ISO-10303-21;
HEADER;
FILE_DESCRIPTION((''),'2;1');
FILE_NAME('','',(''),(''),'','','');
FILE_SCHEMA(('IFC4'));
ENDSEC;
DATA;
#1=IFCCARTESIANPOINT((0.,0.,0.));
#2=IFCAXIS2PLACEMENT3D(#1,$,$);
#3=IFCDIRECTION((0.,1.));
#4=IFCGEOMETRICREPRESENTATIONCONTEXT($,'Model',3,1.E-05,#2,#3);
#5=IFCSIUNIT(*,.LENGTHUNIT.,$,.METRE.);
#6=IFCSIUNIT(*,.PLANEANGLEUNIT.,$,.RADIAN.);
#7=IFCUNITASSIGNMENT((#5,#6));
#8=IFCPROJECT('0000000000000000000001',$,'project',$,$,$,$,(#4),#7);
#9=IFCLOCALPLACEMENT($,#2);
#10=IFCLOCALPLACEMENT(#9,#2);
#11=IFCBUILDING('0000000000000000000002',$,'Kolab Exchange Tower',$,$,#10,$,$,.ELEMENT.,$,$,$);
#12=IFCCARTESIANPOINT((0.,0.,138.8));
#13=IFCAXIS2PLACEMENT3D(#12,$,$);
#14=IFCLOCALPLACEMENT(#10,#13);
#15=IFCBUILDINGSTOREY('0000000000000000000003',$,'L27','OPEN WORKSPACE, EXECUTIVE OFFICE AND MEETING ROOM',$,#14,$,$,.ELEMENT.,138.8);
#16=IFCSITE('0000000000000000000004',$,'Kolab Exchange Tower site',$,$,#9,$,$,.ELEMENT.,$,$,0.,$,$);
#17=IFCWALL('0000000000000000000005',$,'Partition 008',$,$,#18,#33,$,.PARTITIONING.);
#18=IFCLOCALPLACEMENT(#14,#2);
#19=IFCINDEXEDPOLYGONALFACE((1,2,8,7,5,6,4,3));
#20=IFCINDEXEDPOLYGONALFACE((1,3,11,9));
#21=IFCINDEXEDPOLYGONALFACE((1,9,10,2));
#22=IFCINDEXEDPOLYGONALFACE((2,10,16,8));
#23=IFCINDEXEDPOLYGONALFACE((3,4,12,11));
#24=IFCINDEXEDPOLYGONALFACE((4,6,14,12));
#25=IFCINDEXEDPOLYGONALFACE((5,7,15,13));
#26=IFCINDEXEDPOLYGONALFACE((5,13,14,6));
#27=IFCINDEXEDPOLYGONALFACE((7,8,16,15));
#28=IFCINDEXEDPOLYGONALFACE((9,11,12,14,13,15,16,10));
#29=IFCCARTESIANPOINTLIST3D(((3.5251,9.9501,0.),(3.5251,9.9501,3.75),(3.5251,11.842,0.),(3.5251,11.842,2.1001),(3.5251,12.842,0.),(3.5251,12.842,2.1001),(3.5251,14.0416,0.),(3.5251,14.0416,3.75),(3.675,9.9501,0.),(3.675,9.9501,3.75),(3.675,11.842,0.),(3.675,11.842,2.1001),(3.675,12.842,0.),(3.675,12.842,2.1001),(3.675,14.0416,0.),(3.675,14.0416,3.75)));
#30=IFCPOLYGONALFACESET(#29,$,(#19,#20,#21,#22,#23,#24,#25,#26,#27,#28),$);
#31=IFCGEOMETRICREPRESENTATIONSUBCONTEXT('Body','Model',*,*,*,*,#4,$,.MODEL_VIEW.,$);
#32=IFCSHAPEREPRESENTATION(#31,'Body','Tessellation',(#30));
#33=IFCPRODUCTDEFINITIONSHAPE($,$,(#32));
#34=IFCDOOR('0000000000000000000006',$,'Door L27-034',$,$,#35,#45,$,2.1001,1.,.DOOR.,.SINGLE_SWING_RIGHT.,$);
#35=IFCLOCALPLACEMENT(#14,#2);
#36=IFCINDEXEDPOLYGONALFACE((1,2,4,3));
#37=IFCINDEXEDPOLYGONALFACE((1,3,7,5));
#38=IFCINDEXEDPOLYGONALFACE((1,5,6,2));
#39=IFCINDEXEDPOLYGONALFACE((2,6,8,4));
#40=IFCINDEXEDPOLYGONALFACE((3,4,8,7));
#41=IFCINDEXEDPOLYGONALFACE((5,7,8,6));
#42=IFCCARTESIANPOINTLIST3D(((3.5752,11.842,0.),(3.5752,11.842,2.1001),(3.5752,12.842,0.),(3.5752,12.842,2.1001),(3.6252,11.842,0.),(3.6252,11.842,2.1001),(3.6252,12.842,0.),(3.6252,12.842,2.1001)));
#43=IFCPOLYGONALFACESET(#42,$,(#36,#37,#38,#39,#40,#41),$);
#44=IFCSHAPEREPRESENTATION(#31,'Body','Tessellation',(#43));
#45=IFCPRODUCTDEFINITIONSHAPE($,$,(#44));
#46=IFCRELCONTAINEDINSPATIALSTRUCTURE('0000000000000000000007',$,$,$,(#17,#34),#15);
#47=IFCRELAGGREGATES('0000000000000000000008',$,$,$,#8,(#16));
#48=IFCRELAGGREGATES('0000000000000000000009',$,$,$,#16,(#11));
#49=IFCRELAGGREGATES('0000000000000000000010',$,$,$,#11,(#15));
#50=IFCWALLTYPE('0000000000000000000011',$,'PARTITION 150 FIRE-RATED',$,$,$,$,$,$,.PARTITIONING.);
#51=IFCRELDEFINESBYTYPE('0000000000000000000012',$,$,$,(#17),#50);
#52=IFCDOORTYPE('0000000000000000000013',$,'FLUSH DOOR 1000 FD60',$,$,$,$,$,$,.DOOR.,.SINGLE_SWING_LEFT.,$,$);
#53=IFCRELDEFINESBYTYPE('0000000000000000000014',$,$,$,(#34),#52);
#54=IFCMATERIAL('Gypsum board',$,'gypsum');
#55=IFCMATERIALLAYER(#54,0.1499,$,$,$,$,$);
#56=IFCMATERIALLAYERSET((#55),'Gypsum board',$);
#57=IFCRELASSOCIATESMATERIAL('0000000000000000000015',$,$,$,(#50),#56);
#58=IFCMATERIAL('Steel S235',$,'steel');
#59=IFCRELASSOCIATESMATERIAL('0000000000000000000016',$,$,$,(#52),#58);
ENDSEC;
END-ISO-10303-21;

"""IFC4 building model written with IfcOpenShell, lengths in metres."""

from ifc_helpers import new_model, si_unit, direction, frame, frame_2d, origin, place, context, subcontext, project, spatial, rectangle, extrude, material, layer, layer_set, type_object, element, fill, save


model = new_model("IFC4")

# Units and contexts
model_context = context("Model", 3, precision=1e-05, world=origin(), true_north=direction((0.0, 1.0)))
body_context = subcontext(model_context, "Body", "Model", "MODEL_VIEW")
ifc_project = project(units=[si_unit("LENGTHUNIT", "METRE"), si_unit("PLANEANGLEUNIT", "RADIAN")], contexts=[model_context])

# Site, building, storey
site_placement = place(None, origin())
site = spatial("IfcSite", under=ifc_project, at=site_placement, Name="Kolab Exchange Tower site", CompositionType="ELEMENT", RefElevation=0.0)
building_placement = place(site_placement, origin())
building = spatial("IfcBuilding", under=site, at=building_placement, Name="Kolab Exchange Tower", CompositionType="ELEMENT")
storey_placement = place(building_placement, frame((0.0, 0.0, 138.8)))
storey = spatial("IfcBuildingStorey", under=building, at=storey_placement, Name="L27", Description="OPEN WORKSPACE, EXECUTIVE OFFICE AND MEETING ROOM", CompositionType="ELEMENT", Elevation=138.8)

# Shared definitions
ifc_material_1 = material(Name="Gypsum board", Category="gypsum")

# Wall, opening, door
ifc_layer_1 = layer(ifc_material_1, 0.1499)
ifc_layer_set_1 = layer_set([ifc_layer_1], Name="Gypsum board")
wall_type_1 = type_object("IfcWallType", Name="PARTITION 150 FIRE-RATED", PredefinedType="PARTITIONING", material=ifc_layer_set_1)
wall_1_placement = place(storey_placement, frame((3.6001, 9.95, 0.0), z_axis=(0.0, 0.0, 1.0), x_axis=(0.0, 1.0, 0.0)))
wall_1 = element("IfcWall", 1, at=wall_1_placement, inside=storey, type_object=wall_type_1, Name="Partition 008", PredefinedType="PARTITIONING", context=body_context, shape_type="SweptSolid", body=[
    extrude(rectangle(XDim=4.0916, YDim=0.1499, at=frame_2d((2.0459, 0.0))), origin(), (0.0, 0.0, 1.0), 3.75),
])
opening_1_placement = place(wall_1_placement, frame((1.8921, 0.0, 0.0)))
opening_1 = element("IfcOpeningElement", 2, at=opening_1_placement, cuts=wall_1, PredefinedType="OPENING", context=body_context, shape_type="SweptSolid", body=[
    extrude(rectangle(XDim=1.0, YDim=2.1001, at=frame_2d((0.5, 1.05))), frame((0.0, 0.085, 0.0), z_axis=(0.0, -1.0, 0.0), x_axis=(1.0, 0.0, 0.0)), (0.0, 0.0, 1.0), 0.1699),
])
ifc_material_2 = material(Name="Steel S235", Category="steel")
door_type_1 = type_object("IfcDoorType", Name="FLUSH DOOR 1000 FD60", OperationType="SINGLE_SWING_LEFT", PredefinedType="DOOR", material=ifc_material_2)
door_1_placement = place(opening_1_placement, origin())
door_1 = element("IfcDoor", 3, at=door_1_placement, inside=storey, type_object=door_type_1, Name="Door L27-034", OperationType="SINGLE_SWING_RIGHT", OverallHeight=2.1001, OverallWidth=1.0, PredefinedType="DOOR", context=body_context, shape_type="SweptSolid", body=[
    extrude(rectangle(XDim=1.0, YDim=2.1001, at=frame_2d((0.5, 1.05))), frame((0.0, 0.0249, 0.0), z_axis=(0.0, -1.0, 0.0), x_axis=(1.0, 0.0, 0.0)), (0.0, 0.0, 1.0), 0.05),
])
fill(opening_1, door_1)

save(model, "model.ifc")
